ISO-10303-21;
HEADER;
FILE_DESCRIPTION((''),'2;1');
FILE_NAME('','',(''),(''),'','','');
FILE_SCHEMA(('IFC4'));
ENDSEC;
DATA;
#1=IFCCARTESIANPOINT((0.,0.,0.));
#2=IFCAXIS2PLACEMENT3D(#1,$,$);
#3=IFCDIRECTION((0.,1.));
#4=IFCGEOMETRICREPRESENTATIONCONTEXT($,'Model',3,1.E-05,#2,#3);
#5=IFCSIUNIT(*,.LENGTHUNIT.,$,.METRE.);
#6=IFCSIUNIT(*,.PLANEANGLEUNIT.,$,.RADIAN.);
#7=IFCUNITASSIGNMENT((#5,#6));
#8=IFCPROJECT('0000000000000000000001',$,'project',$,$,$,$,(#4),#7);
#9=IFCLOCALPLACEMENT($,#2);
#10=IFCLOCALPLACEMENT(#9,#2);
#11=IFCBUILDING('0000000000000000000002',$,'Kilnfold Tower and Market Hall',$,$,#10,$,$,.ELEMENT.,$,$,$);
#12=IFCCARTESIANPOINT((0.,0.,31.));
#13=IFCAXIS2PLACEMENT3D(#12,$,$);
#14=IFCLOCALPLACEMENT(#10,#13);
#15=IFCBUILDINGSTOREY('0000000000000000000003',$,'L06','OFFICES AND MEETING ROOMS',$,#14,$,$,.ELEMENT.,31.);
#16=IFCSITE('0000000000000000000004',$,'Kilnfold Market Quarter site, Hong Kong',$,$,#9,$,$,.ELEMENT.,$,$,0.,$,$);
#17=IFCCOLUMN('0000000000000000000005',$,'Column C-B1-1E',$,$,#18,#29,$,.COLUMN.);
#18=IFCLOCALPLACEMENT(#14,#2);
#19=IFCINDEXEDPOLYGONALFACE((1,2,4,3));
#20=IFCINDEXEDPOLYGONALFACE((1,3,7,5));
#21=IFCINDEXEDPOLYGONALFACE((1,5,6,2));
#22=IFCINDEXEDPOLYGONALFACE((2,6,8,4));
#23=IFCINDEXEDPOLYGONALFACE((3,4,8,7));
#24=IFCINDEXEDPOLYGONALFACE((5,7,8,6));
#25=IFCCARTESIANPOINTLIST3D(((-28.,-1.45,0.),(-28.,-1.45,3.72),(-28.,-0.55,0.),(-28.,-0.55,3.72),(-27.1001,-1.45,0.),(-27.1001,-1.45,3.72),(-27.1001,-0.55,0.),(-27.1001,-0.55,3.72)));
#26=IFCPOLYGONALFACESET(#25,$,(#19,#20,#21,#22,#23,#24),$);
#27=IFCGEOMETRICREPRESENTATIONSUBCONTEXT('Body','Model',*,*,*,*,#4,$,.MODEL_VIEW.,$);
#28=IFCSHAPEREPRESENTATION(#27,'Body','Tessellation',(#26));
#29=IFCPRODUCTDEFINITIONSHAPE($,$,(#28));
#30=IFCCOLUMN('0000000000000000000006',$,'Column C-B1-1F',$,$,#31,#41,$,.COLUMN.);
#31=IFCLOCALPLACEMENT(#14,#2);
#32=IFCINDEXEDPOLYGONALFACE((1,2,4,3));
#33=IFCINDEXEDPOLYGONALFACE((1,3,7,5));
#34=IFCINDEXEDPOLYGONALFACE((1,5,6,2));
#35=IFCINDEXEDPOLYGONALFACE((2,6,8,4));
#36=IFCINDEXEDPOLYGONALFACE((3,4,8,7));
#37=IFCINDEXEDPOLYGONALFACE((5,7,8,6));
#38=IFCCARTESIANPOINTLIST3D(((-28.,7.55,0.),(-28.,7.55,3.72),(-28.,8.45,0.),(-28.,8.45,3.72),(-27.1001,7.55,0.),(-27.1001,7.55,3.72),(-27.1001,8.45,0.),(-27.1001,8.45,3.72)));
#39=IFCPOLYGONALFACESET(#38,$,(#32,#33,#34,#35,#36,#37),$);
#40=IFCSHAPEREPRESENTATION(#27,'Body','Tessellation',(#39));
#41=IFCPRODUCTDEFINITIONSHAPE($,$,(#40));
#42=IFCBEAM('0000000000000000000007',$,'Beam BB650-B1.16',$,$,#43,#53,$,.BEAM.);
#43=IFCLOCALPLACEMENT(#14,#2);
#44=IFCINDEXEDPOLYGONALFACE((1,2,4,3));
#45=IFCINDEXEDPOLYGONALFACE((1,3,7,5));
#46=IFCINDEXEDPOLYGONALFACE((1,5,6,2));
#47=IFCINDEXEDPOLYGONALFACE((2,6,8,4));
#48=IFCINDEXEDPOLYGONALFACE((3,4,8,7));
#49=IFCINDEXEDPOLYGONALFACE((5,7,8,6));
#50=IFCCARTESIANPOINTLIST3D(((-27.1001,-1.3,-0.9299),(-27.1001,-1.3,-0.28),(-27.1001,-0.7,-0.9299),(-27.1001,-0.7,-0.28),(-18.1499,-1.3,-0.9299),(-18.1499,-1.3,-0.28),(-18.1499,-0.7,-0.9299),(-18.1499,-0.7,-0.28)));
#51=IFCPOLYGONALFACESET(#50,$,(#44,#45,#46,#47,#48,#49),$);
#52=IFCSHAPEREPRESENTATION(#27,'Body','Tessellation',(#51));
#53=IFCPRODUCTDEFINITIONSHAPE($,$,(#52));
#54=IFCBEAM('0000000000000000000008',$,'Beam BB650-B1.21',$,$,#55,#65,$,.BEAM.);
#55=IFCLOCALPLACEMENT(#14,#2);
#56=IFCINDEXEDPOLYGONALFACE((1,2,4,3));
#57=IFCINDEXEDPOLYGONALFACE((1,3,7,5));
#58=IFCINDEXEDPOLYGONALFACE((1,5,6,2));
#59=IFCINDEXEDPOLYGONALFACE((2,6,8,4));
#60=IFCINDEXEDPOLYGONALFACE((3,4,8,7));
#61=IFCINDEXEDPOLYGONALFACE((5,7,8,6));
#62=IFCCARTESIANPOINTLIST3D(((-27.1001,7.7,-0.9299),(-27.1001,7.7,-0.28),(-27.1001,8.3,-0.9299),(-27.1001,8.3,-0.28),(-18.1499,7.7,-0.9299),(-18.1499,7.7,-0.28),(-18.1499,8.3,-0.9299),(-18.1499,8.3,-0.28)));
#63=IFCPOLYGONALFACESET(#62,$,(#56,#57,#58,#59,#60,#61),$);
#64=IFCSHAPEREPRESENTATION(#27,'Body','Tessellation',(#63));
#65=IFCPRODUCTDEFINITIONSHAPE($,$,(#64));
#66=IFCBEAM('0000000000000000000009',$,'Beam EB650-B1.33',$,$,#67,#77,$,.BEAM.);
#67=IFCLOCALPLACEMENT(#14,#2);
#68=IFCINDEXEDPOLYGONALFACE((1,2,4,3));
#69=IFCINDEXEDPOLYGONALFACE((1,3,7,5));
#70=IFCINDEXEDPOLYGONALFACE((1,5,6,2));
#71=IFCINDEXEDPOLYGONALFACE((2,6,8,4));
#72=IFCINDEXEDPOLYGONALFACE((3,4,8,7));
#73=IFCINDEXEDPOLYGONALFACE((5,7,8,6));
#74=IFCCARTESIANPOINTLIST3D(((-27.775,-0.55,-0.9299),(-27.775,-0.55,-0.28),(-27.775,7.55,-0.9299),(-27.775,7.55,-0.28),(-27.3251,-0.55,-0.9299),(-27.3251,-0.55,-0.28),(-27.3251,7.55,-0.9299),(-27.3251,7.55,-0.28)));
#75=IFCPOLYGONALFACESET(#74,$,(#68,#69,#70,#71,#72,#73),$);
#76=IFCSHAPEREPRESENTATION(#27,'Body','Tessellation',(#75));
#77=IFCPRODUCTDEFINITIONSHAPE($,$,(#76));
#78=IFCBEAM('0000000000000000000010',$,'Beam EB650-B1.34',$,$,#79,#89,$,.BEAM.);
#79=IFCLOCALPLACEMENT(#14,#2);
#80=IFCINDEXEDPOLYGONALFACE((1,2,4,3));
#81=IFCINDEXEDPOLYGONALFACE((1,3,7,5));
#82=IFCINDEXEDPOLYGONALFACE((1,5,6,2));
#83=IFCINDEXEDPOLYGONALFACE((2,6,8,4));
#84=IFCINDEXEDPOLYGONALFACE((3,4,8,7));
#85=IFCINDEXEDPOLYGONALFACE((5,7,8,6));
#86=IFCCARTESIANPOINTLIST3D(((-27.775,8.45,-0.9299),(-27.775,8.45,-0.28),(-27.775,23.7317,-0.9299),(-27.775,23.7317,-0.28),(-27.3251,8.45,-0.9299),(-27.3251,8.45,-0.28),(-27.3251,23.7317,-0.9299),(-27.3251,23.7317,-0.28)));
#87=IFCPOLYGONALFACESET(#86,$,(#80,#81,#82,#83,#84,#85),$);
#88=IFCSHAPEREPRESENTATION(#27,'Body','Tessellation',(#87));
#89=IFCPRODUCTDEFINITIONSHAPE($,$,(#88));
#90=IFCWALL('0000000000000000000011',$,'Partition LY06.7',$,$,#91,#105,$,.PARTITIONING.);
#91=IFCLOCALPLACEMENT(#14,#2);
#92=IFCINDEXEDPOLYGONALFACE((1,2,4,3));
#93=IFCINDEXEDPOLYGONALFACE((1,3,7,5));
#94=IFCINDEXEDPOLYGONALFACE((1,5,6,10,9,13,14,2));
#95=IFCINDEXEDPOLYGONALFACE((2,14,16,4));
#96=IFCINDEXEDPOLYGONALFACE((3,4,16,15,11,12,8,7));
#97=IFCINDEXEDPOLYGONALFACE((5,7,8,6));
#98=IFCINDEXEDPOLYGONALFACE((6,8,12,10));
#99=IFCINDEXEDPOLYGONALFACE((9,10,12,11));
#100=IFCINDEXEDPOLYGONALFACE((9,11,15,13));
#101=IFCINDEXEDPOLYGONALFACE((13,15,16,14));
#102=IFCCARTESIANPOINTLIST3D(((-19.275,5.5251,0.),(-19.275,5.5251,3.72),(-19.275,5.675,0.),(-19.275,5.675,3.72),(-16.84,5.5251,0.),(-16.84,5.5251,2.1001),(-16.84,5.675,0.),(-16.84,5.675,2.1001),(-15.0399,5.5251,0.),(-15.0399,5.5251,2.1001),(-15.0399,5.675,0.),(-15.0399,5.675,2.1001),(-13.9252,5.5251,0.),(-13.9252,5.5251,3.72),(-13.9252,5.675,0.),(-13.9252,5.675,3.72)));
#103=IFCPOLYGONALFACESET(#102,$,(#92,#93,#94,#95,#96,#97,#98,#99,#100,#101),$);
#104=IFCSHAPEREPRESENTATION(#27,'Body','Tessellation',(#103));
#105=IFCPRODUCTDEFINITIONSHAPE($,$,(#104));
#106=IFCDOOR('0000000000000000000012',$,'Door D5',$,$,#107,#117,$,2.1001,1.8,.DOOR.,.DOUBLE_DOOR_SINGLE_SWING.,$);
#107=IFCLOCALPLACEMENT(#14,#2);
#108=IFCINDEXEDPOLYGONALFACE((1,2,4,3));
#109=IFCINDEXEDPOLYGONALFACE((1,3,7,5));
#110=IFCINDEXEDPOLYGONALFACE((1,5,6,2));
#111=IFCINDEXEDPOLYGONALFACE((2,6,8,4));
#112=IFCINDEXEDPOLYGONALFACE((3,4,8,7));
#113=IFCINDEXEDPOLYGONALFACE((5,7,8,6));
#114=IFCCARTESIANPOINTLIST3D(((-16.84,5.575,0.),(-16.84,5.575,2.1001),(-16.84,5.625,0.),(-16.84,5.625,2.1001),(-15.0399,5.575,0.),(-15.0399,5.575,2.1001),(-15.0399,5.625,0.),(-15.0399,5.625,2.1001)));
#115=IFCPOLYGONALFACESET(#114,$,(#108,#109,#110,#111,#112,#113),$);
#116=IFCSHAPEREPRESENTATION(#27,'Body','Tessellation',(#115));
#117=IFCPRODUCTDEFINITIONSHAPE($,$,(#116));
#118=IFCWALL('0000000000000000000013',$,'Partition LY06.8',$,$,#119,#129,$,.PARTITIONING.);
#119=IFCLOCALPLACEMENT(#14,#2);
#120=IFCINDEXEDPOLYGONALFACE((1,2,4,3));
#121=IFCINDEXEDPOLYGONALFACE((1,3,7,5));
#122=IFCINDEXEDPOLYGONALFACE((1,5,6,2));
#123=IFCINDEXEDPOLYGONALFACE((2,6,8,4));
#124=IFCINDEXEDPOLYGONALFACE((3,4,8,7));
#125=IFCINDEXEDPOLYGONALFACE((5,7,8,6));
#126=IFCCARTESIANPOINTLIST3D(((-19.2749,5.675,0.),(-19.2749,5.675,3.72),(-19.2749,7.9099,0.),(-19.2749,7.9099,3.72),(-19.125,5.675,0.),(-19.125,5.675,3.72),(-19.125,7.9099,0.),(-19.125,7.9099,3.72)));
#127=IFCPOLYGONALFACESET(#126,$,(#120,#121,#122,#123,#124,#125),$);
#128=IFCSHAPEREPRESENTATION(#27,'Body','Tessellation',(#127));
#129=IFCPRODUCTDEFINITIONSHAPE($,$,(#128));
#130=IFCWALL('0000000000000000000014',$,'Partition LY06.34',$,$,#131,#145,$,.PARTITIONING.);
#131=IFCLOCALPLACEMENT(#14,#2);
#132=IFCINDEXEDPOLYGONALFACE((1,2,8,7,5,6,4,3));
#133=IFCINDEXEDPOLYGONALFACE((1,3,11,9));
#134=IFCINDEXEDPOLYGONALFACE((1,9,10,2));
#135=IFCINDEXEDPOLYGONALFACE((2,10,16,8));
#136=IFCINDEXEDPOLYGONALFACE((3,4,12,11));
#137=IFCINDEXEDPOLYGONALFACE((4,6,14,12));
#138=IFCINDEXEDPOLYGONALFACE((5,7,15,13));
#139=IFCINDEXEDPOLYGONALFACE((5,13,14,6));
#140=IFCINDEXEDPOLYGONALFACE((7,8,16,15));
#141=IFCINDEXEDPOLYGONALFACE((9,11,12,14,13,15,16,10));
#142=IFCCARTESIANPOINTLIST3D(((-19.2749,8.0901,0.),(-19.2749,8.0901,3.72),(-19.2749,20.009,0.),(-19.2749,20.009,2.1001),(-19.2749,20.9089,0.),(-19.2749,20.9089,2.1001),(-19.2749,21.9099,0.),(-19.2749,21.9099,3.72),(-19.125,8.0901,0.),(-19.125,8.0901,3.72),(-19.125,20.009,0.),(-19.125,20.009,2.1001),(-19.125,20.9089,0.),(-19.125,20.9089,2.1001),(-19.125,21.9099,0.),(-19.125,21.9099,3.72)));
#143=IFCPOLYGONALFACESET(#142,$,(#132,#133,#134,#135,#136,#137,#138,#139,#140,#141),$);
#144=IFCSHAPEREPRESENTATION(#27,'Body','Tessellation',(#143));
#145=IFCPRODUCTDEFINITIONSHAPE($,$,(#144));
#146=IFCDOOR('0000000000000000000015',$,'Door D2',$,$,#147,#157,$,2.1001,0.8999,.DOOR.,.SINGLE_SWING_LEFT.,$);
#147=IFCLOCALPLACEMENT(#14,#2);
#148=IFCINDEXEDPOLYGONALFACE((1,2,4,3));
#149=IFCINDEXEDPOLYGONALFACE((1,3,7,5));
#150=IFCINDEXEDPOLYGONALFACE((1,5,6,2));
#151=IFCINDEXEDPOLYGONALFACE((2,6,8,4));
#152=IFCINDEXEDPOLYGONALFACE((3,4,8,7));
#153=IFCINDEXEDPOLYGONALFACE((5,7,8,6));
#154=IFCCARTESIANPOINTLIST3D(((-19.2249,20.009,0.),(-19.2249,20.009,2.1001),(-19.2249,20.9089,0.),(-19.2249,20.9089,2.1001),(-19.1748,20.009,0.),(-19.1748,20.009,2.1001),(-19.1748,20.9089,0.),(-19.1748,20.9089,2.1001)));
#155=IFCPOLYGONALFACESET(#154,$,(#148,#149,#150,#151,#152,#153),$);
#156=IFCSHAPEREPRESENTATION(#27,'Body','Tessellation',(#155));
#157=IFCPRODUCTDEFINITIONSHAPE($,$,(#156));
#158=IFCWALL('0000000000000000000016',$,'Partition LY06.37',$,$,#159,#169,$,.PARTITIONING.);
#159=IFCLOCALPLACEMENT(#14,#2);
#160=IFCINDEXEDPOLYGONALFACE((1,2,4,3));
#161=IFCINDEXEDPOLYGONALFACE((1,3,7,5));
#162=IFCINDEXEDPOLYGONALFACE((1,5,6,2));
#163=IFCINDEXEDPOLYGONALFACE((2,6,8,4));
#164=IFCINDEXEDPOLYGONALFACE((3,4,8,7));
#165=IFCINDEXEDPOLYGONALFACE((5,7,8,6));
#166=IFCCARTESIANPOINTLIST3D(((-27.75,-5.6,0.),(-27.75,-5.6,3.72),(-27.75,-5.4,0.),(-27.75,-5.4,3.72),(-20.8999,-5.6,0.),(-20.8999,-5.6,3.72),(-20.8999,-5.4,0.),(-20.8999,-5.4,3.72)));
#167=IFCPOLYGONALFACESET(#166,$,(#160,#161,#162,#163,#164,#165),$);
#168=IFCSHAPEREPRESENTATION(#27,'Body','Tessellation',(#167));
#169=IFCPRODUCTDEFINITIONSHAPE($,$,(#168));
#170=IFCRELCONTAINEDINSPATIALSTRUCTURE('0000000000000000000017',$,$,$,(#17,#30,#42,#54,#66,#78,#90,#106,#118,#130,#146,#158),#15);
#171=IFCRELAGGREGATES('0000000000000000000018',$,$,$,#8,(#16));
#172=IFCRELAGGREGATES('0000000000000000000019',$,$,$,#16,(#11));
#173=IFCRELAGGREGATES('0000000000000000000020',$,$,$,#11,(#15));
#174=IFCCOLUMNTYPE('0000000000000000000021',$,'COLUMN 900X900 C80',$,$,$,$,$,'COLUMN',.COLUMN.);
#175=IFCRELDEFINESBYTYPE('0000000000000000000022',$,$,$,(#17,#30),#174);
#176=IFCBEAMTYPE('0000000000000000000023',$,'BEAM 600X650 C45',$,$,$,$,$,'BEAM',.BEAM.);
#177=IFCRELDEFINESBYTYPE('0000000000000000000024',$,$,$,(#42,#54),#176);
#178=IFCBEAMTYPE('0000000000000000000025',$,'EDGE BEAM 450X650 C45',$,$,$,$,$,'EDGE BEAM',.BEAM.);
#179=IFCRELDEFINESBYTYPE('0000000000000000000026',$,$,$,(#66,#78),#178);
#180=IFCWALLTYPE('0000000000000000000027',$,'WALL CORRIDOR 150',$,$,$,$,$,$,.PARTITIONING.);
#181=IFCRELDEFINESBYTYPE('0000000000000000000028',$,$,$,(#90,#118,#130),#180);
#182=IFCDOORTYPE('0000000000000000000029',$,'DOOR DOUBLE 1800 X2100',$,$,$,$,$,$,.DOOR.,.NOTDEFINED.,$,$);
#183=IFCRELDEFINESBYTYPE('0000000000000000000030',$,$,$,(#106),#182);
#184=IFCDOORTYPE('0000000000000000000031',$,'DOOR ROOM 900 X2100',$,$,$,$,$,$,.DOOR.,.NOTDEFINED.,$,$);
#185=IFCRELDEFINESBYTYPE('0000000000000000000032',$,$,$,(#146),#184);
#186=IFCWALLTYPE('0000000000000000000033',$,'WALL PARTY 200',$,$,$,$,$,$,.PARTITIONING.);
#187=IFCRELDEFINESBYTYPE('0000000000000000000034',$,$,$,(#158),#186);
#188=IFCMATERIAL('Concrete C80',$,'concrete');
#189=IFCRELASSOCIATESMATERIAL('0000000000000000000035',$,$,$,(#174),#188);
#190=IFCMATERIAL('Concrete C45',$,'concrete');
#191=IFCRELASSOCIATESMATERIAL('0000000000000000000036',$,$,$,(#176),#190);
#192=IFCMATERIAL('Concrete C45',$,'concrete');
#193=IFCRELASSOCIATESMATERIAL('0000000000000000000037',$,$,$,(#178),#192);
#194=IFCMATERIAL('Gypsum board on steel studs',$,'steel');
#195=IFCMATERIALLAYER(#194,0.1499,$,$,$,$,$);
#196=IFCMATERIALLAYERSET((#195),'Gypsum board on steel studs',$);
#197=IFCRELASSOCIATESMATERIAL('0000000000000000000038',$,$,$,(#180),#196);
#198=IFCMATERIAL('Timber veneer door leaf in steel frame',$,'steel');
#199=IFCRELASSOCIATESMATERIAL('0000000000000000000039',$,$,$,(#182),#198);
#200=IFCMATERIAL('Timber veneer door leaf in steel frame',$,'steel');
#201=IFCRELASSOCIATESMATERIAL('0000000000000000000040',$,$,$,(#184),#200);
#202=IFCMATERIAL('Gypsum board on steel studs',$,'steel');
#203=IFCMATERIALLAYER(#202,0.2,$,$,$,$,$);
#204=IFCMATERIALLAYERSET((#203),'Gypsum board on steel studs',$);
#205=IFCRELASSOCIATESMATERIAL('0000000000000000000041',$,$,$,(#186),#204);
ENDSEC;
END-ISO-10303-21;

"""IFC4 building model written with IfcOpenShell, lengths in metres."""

from ifc_helpers import new_model, si_unit, direction, frame, frame_2d, origin, origin_2d, place, context, subcontext, project, spatial, rectangle, extrude, source, transform, mapped, material, layer, layer_set, material_profile, profile_set, type_object, element, fill, save


model = new_model("IFC4")

# Units and contexts
model_context = context("Model", 3, precision=1e-05, world=origin(), true_north=direction((0.0, 1.0)))
body_context = subcontext(model_context, "Body", "Model", "MODEL_VIEW")
ifc_project = project(units=[si_unit("LENGTHUNIT", "METRE"), si_unit("PLANEANGLEUNIT", "RADIAN")], contexts=[model_context])

# Site, building, storey
site_placement = place(None, origin())
site = spatial("IfcSite", under=ifc_project, at=site_placement, Name="Kilnfold Market Quarter site, Hong Kong", CompositionType="ELEMENT", RefElevation=0.0)
building_placement = place(site_placement, origin())
building = spatial("IfcBuilding", under=site, at=building_placement, Name="Kilnfold Tower and Market Hall", CompositionType="ELEMENT")
storey_placement = place(building_placement, frame((0.0, 0.0, 31.0)))
storey = spatial("IfcBuildingStorey", under=building, at=storey_placement, Name="L06", Description="OFFICES AND MEETING ROOMS", CompositionType="ELEMENT", Elevation=31.0)

# Columns
ifc_material_1 = material(Name="Concrete C80", Category="concrete")
ifc_material_profile_1 = material_profile(ifc_material_1, rectangle(XDim=0.8999, YDim=0.8999, at=origin_2d()), Name="RC 900x900")
ifc_profile_set_1 = profile_set([ifc_material_profile_1], Name="Concrete C80")
column_type = type_object("IfcColumnType", Name="COLUMN 900X900 C80", ElementType="COLUMN", PredefinedType="COLUMN", material=ifc_profile_set_1)
shared_shape_1 = source(origin(), body_context, "Body", "SweptSolid", [
    extrude(rectangle(XDim=0.8999, YDim=0.8999, at=origin_2d()), origin(), (0.0, 0.0, 1.0), 3.72),
])
for number, where, z_axis, x_axis, name in (
    (1, (-27.55, -1.0, 0.0), (0.0, 0.0, 1.0), (1.0, 0.0, 0.0), "Column C-B1-1E"),
    (2, (-27.55, 8.0, 0.0), (0.0, 0.0, 1.0), (1.0, 0.0, 0.0), "Column C-B1-1F"),
):
    element("IfcColumn", number, at=place(storey_placement, frame(where, z_axis=z_axis, x_axis=x_axis)), inside=storey, type_object=column_type, Name=name, PredefinedType="COLUMN", context=body_context, shape_type="MappedRepresentation", body=[
        mapped(shared_shape_1, transform((0.0, 0.0, 0.0))),
    ])

# Beams
ifc_material_2 = material(Name="Concrete C45", Category="concrete")
ifc_material_profile_2 = material_profile(ifc_material_2, rectangle(XDim=0.6001, YDim=0.6499, at=origin_2d()), Name="RC 600x650")
ifc_profile_set_2 = profile_set([ifc_material_profile_2], Name="Concrete C45")
beam_type_1 = type_object("IfcBeamType", Name="BEAM 600X650 C45", ElementType="BEAM", PredefinedType="BEAM", material=ifc_profile_set_2)
shared_shape_2 = source(origin(), body_context, "Body", "SweptSolid", [
    extrude(rectangle(XDim=0.6001, YDim=0.6499, at=origin_2d()), origin(), (0.0, 0.0, 1.0), 8.9502),
])
for number, where, z_axis, x_axis, name in (
    (3, (-27.1001, -1.0, -0.605), (1.0, 0.0, 0.0), (0.0, 1.0, 0.0), "Beam BB650-B1.16"),
    (4, (-27.1001, 8.0, -0.605), (1.0, 0.0, 0.0), (0.0, 1.0, 0.0), "Beam BB650-B1.21"),
):
    element("IfcBeam", number, at=place(storey_placement, frame(where, z_axis=z_axis, x_axis=x_axis)), inside=storey, type_object=beam_type_1, Name=name, PredefinedType="BEAM", context=body_context, shape_type="MappedRepresentation", body=[
        mapped(shared_shape_2, transform((0.0, 0.0, 0.0))),
    ])
ifc_material_3 = material(Name="Concrete C45", Category="concrete")
ifc_material_profile_3 = material_profile(ifc_material_3, rectangle(XDim=0.45, YDim=0.6499, at=origin_2d()), Name="RC 450x650")
ifc_profile_set_3 = profile_set([ifc_material_profile_3], Name="Concrete C45")
beam_type_2 = type_object("IfcBeamType", Name="EDGE BEAM 450X650 C45", ElementType="EDGE BEAM", PredefinedType="BEAM", material=ifc_profile_set_3)
shared_shape_3 = source(origin(), body_context, "Body", "SweptSolid", [
    extrude(rectangle(XDim=0.45, YDim=0.6499, at=origin_2d()), origin(), (0.0, 0.0, 1.0), 8.1001),
])
beam_1_placement = place(storey_placement, frame((-27.55, -0.55, -0.605), z_axis=(0.0, 1.0, 0.0), x_axis=(-1.0, 0.0, 0.0)))
element("IfcBeam", 5, at=beam_1_placement, inside=storey, type_object=beam_type_2, Name="Beam EB650-B1.33", PredefinedType="BEAM", context=body_context, shape_type="MappedRepresentation", body=[
    mapped(shared_shape_3, transform((0.0, 0.0, 0.0))),
])
shared_shape_4 = source(origin(), body_context, "Body", "SweptSolid", [
    extrude(rectangle(XDim=0.45, YDim=0.6499, at=origin_2d()), origin(), (0.0, 0.0, 1.0), 15.2817),
])
beam_2_placement = place(storey_placement, frame((-27.55, 8.45, -0.605), z_axis=(0.0, 1.0, 0.0), x_axis=(-1.0, 0.0, 0.0)))
element("IfcBeam", 6, at=beam_2_placement, inside=storey, type_object=beam_type_2, Name="Beam EB650-B1.34", PredefinedType="BEAM", context=body_context, shape_type="MappedRepresentation", body=[
    mapped(shared_shape_4, transform((0.0, 0.0, 0.0))),
])

# Wall, opening, door
ifc_material_4 = material(Name="Gypsum board on steel studs", Category="steel")
ifc_layer_1 = layer(ifc_material_4, 0.1499)
ifc_layer_set_1 = layer_set([ifc_layer_1], Name="Gypsum board on steel studs")
wall_type_1 = type_object("IfcWallType", Name="WALL CORRIDOR 150", PredefinedType="PARTITIONING", material=ifc_layer_set_1)
wall_1_placement = place(storey_placement, frame((-19.2749, 5.6001, 0.0), z_axis=(0.0, 0.0, 1.0), x_axis=(1.0, 0.0, 0.0)))
wall_1 = element("IfcWall", 7, at=wall_1_placement, inside=storey, type_object=wall_type_1, Name="Partition LY06.7", PredefinedType="PARTITIONING", context=body_context, shape_type="SweptSolid", body=[
    extrude(rectangle(XDim=5.3499, YDim=0.1499, at=frame_2d((2.6748, 0.0))), origin(), (0.0, 0.0, 1.0), 3.72),
])
opening_1_placement = place(wall_1_placement, frame((2.4351, 0.0, 0.0)))
opening_1 = element("IfcOpeningElement", 8, at=opening_1_placement, cuts=wall_1, PredefinedType="OPENING", context=body_context, shape_type="SweptSolid", body=[
    extrude(rectangle(XDim=1.8, YDim=2.1001, at=frame_2d((0.8999, 1.05))), frame((0.0, 0.085, 0.0), z_axis=(0.0, -1.0, 0.0), x_axis=(1.0, 0.0, 0.0)), (0.0, 0.0, 1.0), 0.1699),
])
ifc_material_5 = material(Name="Timber veneer door leaf in steel frame", Category="steel")
door_type_1 = type_object("IfcDoorType", Name="DOOR DOUBLE 1800 X2100", OperationType="NOTDEFINED", PredefinedType="DOOR", material=ifc_material_5)
door_1_placement = place(opening_1_placement, origin())
door_1 = element("IfcDoor", 9, at=door_1_placement, inside=storey, type_object=door_type_1, Name="Door D5", OperationType="DOUBLE_DOOR_SINGLE_SWING", OverallHeight=2.1001, OverallWidth=1.8, PredefinedType="DOOR", context=body_context, shape_type="SweptSolid", body=[
    extrude(rectangle(XDim=1.8, YDim=2.1001, at=frame_2d((0.8999, 1.05))), frame((0.0, 0.0249, 0.0), z_axis=(0.0, -1.0, 0.0), x_axis=(1.0, 0.0, 0.0)), (0.0, 0.0, 1.0), 0.05),
])
fill(opening_1, door_1)

# Wall
wall_2_placement = place(storey_placement, frame((-19.2, 5.675, 0.0), z_axis=(0.0, 0.0, 1.0), x_axis=(0.0, 1.0, 0.0)))
element("IfcWall", 10, at=wall_2_placement, inside=storey, type_object=wall_type_1, Name="Partition LY06.8", PredefinedType="PARTITIONING", context=body_context, shape_type="SweptSolid", body=[
    extrude(rectangle(XDim=2.2349, YDim=0.1499, at=frame_2d((1.1174, 0.0))), origin(), (0.0, 0.0, 1.0), 3.72),
])

# Wall, opening, door
wall_3_placement = place(storey_placement, frame((-19.2, 8.0901, 0.0), z_axis=(0.0, 0.0, 1.0), x_axis=(0.0, 1.0, 0.0)))
wall_3 = element("IfcWall", 11, at=wall_3_placement, inside=storey, type_object=wall_type_1, Name="Partition LY06.34", PredefinedType="PARTITIONING", context=body_context, shape_type="SweptSolid", body=[
    extrude(rectangle(XDim=13.8198, YDim=0.1499, at=frame_2d((6.9099, 0.0))), origin(), (0.0, 0.0, 1.0), 3.72),
])
opening_2_placement = place(wall_3_placement, frame((11.9189, 0.0, 0.0)))
opening_2 = element("IfcOpeningElement", 12, at=opening_2_placement, cuts=wall_3, PredefinedType="OPENING", context=body_context, shape_type="SweptSolid", body=[
    extrude(rectangle(XDim=0.8999, YDim=2.1001, at=frame_2d((0.45, 1.05))), frame((0.0, 0.085, 0.0), z_axis=(0.0, -1.0, 0.0), x_axis=(1.0, 0.0, 0.0)), (0.0, 0.0, 1.0), 0.1699),
])
ifc_material_6 = material(Name="Timber veneer door leaf in steel frame", Category="steel")
door_type_2 = type_object("IfcDoorType", Name="DOOR ROOM 900 X2100", OperationType="NOTDEFINED", PredefinedType="DOOR", material=ifc_material_6)
door_2_placement = place(opening_2_placement, origin())
door_2 = element("IfcDoor", 13, at=door_2_placement, inside=storey, type_object=door_type_2, Name="Door D2", OperationType="SINGLE_SWING_LEFT", OverallHeight=2.1001, OverallWidth=0.8999, PredefinedType="DOOR", context=body_context, shape_type="SweptSolid", body=[
    extrude(rectangle(XDim=0.8999, YDim=2.1001, at=frame_2d((0.45, 1.05))), frame((0.0, 0.0249, 0.0), z_axis=(0.0, -1.0, 0.0), x_axis=(1.0, 0.0, 0.0)), (0.0, 0.0, 1.0), 0.05),
])
fill(opening_2, door_2)

# Wall
ifc_material_7 = material(Name="Gypsum board on steel studs", Category="steel")
ifc_layer_2 = layer(ifc_material_7, 0.2)
ifc_layer_set_2 = layer_set([ifc_layer_2], Name="Gypsum board on steel studs")
wall_type_2 = type_object("IfcWallType", Name="WALL PARTY 200", PredefinedType="PARTITIONING", material=ifc_layer_set_2)
wall_4_placement = place(storey_placement, frame((-27.75, -5.5, 0.0), z_axis=(0.0, 0.0, 1.0), x_axis=(1.0, 0.0, 0.0)))
element("IfcWall", 14, at=wall_4_placement, inside=storey, type_object=wall_type_2, Name="Partition LY06.37", PredefinedType="PARTITIONING", context=body_context, shape_type="SweptSolid", body=[
    extrude(rectangle(XDim=6.8501, YDim=0.2, at=frame_2d((3.425, 0.0))), origin(), (0.0, 0.0, 1.0), 3.72),
])

save(model, "model.ifc")
